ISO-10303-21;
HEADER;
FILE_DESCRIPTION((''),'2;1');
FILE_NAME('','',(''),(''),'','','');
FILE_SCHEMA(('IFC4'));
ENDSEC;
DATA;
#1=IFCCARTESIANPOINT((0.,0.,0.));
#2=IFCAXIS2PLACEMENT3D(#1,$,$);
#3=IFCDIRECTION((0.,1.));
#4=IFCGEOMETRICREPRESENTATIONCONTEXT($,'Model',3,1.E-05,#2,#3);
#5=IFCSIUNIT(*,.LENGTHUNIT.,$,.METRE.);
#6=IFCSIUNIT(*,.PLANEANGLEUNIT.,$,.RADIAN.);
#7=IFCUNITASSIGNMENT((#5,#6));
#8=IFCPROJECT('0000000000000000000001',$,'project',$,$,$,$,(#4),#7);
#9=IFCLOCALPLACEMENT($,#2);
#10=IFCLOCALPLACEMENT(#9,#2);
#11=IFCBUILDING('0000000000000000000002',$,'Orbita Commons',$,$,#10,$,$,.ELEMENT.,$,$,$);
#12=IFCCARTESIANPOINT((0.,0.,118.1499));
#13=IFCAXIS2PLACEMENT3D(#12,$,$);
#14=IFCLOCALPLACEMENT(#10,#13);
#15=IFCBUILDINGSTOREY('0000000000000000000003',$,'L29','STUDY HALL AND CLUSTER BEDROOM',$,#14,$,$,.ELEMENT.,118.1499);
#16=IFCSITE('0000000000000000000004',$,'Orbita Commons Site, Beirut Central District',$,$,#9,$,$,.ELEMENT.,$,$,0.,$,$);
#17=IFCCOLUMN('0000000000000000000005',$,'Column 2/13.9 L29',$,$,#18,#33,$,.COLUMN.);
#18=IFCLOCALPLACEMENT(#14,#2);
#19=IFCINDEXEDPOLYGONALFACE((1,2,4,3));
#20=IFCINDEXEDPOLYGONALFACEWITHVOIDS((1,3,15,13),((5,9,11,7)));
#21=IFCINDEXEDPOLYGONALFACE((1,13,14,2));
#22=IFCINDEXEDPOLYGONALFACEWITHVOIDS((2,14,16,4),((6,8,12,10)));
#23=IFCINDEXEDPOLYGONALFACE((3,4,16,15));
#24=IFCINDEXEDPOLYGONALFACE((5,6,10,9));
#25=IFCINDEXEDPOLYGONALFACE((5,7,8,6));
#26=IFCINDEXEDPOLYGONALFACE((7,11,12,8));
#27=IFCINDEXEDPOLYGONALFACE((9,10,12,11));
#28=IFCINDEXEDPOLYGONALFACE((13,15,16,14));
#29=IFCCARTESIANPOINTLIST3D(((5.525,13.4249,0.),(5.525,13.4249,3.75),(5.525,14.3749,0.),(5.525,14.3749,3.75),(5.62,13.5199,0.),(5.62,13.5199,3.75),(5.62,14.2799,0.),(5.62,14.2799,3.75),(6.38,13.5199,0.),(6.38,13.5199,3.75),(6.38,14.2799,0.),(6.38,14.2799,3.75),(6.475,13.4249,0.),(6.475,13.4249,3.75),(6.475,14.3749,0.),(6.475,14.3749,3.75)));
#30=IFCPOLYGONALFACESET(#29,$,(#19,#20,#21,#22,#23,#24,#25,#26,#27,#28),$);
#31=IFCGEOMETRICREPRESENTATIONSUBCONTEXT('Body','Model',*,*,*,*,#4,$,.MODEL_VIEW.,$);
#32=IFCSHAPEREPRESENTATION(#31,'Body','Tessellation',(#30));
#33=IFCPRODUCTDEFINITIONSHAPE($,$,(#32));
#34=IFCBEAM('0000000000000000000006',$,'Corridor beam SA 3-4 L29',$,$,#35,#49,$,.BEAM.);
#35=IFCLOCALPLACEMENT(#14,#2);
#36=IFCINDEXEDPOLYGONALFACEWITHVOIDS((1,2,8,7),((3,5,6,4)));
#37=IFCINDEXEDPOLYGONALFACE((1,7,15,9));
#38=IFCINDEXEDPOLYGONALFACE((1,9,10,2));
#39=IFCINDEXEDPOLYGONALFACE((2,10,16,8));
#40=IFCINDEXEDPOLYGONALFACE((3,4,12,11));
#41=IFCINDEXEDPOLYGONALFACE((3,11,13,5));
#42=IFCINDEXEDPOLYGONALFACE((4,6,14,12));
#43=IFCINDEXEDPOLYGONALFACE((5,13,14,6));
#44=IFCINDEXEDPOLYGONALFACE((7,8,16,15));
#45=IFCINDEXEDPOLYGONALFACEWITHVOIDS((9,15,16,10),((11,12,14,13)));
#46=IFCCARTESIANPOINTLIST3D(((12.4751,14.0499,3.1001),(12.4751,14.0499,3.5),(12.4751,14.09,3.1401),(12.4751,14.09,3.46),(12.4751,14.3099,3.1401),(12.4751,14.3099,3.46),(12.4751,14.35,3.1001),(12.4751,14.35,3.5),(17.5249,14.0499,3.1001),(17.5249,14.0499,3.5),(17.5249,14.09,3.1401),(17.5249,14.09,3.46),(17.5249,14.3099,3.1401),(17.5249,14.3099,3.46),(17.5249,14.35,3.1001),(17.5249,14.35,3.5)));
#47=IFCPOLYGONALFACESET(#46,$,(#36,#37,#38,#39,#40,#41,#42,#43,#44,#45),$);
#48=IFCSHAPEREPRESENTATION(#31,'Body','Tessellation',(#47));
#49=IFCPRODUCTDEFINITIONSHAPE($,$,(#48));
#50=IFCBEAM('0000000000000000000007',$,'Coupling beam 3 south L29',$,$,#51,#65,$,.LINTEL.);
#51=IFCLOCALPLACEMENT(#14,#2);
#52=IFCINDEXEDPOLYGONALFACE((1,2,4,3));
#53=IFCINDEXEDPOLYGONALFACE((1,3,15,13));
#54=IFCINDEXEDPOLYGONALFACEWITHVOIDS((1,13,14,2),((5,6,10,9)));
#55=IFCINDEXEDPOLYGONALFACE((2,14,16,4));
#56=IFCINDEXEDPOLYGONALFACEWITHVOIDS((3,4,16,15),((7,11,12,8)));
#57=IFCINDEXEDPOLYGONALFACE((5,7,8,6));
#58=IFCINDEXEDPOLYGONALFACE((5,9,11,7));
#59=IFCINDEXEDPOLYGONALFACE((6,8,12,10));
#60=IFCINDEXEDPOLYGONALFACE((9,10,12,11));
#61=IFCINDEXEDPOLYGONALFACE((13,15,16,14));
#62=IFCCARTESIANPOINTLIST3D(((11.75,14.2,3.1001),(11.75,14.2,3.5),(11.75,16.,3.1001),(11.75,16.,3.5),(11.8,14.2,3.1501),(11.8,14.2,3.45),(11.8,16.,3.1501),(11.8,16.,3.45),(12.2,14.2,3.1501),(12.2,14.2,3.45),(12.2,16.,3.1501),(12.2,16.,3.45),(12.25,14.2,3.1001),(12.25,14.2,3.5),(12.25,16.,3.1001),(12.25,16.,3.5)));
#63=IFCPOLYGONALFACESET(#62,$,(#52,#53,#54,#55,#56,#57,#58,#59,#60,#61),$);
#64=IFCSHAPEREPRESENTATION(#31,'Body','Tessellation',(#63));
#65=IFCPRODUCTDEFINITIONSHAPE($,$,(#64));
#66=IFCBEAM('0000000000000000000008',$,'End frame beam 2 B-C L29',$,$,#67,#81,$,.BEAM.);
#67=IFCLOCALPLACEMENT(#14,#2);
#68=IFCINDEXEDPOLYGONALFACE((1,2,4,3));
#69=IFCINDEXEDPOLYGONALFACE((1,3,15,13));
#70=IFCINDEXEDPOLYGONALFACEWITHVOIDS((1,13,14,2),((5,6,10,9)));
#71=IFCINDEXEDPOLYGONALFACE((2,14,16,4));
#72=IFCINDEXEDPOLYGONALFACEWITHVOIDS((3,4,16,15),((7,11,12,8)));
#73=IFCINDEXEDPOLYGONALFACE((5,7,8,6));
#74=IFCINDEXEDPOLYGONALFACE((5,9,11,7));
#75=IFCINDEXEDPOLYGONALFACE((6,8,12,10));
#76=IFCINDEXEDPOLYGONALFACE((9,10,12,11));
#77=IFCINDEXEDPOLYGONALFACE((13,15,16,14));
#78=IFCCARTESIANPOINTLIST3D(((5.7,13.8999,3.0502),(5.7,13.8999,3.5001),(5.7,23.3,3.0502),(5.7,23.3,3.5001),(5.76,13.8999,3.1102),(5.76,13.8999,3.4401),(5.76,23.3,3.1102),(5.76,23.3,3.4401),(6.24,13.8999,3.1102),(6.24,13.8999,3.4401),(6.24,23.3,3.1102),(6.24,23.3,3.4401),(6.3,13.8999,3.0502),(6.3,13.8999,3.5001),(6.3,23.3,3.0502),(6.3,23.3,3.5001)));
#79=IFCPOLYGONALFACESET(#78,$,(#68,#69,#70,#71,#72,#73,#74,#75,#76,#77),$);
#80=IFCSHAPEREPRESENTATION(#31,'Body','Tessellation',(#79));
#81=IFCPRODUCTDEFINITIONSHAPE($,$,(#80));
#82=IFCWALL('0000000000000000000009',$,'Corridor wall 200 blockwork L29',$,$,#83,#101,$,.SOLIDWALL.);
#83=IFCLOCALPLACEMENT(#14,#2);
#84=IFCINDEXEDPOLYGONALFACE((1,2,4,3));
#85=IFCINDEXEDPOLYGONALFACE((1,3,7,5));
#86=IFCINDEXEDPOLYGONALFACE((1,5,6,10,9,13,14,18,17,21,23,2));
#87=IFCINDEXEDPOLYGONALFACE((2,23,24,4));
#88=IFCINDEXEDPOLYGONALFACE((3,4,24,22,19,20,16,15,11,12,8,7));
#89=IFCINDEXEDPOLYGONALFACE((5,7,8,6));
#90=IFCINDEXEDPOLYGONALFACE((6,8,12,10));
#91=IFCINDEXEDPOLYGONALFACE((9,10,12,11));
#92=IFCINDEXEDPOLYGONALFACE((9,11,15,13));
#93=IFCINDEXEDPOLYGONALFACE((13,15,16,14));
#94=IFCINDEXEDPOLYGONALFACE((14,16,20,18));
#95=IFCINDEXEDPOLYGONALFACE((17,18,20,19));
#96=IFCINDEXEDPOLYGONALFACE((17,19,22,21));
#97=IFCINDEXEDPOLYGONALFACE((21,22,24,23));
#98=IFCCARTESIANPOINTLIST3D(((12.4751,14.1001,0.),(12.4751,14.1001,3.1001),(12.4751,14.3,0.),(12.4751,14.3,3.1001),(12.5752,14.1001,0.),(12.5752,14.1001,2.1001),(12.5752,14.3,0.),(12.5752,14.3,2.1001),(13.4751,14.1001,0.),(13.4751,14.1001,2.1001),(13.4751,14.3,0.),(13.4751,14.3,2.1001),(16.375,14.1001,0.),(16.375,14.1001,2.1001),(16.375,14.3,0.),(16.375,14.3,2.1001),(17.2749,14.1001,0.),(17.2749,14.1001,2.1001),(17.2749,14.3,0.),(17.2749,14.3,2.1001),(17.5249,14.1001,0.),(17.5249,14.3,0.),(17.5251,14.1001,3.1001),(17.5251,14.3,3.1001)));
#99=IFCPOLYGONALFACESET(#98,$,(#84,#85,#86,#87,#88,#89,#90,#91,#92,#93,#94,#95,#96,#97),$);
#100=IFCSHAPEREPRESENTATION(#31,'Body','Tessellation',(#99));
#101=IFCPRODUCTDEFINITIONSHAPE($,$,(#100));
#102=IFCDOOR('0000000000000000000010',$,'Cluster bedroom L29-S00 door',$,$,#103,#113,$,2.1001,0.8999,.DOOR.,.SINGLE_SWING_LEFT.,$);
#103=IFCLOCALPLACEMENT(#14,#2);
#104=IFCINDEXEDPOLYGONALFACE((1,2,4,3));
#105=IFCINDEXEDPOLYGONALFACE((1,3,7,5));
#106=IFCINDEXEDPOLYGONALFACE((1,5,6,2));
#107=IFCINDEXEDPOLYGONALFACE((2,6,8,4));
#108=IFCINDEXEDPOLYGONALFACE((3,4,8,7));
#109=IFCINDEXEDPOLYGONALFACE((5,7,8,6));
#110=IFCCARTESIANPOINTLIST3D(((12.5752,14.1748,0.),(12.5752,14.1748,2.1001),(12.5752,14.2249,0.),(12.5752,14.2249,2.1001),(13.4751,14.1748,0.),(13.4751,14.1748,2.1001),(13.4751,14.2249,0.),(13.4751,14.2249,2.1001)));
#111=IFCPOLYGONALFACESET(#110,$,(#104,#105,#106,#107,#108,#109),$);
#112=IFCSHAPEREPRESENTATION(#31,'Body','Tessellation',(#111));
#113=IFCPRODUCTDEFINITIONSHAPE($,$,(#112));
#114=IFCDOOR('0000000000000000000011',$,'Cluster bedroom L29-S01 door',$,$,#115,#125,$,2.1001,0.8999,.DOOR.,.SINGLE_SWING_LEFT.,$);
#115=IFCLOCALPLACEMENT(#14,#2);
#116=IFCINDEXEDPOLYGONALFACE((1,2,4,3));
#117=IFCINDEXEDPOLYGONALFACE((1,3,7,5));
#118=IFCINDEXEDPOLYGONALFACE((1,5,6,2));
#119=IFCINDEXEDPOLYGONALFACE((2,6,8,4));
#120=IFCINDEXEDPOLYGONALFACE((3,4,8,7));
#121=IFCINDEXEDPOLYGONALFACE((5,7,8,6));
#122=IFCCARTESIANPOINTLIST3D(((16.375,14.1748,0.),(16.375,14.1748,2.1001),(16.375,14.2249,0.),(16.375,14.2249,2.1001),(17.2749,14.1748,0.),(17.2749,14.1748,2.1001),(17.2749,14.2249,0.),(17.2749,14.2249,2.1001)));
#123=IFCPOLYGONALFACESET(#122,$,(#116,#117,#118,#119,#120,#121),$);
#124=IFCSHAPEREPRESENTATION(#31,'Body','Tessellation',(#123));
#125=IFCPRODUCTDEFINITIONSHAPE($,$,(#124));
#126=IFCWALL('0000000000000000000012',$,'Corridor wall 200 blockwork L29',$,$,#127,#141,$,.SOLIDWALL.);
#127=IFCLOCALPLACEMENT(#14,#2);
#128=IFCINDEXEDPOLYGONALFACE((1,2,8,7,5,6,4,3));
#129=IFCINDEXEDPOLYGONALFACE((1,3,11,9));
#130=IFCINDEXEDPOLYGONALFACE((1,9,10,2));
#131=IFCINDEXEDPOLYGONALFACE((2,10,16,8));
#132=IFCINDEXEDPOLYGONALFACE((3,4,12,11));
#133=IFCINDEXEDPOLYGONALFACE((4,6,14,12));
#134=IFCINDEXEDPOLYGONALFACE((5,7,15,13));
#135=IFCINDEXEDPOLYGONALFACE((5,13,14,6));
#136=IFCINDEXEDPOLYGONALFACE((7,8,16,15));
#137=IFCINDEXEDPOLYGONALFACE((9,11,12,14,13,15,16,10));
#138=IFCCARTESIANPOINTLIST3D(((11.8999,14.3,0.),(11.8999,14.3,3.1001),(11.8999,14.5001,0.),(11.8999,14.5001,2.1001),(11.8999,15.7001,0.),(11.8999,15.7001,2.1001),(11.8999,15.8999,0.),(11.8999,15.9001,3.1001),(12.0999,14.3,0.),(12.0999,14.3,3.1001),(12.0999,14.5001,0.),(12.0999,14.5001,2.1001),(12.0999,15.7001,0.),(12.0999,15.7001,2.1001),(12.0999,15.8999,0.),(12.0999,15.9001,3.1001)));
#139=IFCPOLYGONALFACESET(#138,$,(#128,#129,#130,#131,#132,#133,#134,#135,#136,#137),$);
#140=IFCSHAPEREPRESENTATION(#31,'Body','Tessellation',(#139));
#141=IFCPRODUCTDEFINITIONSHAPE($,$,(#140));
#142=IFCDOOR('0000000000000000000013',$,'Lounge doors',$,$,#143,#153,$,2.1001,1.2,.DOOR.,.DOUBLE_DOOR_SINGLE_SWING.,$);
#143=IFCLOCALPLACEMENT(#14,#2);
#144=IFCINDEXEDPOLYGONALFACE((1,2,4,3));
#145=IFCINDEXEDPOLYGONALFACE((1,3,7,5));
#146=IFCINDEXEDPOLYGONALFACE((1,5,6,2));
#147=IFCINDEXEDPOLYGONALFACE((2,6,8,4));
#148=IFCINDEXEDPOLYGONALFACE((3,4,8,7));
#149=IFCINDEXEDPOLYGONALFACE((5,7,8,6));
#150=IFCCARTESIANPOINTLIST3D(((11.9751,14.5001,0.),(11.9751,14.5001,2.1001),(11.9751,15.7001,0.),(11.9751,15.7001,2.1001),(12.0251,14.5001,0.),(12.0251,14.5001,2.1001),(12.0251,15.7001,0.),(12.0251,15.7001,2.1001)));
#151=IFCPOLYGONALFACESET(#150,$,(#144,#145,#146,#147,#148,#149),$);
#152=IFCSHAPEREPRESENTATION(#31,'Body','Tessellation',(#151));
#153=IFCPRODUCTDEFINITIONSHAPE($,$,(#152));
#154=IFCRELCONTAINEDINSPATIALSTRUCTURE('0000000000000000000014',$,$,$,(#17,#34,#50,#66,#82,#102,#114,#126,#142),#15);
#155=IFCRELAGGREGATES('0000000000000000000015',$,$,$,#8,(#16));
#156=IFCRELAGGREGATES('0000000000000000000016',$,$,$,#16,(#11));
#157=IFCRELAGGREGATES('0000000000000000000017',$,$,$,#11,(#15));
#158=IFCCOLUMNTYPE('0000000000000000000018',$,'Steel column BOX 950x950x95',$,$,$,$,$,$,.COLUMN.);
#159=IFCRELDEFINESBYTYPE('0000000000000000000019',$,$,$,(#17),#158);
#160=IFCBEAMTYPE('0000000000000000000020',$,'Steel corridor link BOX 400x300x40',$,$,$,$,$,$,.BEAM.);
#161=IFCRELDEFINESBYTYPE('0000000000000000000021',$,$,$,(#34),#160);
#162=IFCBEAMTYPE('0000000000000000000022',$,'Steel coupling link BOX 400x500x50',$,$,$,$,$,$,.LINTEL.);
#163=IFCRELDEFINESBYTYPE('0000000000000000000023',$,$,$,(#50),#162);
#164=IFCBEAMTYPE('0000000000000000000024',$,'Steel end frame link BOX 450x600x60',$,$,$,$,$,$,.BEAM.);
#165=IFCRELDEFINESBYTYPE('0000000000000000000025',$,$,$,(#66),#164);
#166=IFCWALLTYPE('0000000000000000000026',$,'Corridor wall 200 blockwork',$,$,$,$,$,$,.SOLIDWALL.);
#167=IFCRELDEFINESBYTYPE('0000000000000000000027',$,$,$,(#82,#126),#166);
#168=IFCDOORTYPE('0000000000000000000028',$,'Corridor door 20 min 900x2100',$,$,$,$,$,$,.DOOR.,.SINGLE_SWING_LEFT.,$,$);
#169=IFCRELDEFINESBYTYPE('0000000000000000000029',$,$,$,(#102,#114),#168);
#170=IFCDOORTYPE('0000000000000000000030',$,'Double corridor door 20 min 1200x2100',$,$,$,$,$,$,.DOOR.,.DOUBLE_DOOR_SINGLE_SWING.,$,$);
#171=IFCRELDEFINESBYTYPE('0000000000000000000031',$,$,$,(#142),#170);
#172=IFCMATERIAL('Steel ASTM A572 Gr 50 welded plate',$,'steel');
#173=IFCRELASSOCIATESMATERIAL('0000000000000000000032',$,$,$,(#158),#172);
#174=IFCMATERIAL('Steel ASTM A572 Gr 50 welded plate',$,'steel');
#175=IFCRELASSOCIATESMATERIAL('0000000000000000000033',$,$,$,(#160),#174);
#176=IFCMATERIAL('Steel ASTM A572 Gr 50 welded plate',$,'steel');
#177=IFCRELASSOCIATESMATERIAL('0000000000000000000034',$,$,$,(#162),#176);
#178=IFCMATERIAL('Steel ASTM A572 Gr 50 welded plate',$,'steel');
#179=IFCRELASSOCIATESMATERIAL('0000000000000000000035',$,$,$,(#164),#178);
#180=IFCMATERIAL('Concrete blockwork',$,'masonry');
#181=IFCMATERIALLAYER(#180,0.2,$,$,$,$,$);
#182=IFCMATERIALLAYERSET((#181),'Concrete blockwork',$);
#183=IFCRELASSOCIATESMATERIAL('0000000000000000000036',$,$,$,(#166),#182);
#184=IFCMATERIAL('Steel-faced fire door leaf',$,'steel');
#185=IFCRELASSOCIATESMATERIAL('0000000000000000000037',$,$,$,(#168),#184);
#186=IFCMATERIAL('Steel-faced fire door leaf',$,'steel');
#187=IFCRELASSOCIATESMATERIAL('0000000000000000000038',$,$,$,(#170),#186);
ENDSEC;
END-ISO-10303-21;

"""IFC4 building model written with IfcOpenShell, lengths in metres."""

from ifc_helpers import new_model, si_unit, direction, frame, frame_2d, origin, origin_2d, place, context, subcontext, project, spatial, polyline, rectangle, hollow_rectangle, outline, extrude, material, layer, layer_set, material_profile, profile_set, type_object, element, fill, save


model = new_model("IFC4")

# Units and contexts
model_context = context("Model", 3, precision=1e-05, world=origin(), true_north=direction((0.0, 1.0)))
body_context = subcontext(model_context, "Body", "Model", "MODEL_VIEW")
ifc_project = project(units=[si_unit("LENGTHUNIT", "METRE"), si_unit("PLANEANGLEUNIT", "RADIAN")], contexts=[model_context])

# Site, building, storey
site_placement = place(None, origin())
site = spatial("IfcSite", under=ifc_project, at=site_placement, Name="Orbita Commons Site, Beirut Central District", CompositionType="ELEMENT", RefElevation=0.0)
building_placement = place(site_placement, origin())
building = spatial("IfcBuilding", under=site, at=building_placement, Name="Orbita Commons", CompositionType="ELEMENT")
storey_placement = place(building_placement, frame((0.0, 0.0, 118.1499)))
storey = spatial("IfcBuildingStorey", under=building, at=storey_placement, Name="L29", Description="STUDY HALL AND CLUSTER BEDROOM", CompositionType="ELEMENT", Elevation=118.1499)

# Column
ifc_material_1 = material(Name="Steel ASTM A572 Gr 50 welded plate", Category="steel")
ifc_material_profile_1 = material_profile(ifc_material_1, hollow_rectangle(XDim=0.95, YDim=0.95, WallThickness=0.095, at=origin_2d()), Name="BOX 950x950x95")
ifc_profile_set_1 = profile_set([ifc_material_profile_1], Name="Steel ASTM A572 Gr 50 welded plate")
column_type = type_object("IfcColumnType", Name="Steel column BOX 950x950x95", PredefinedType="COLUMN", material=ifc_profile_set_1)
column_placement = place(storey_placement, frame((6.0, 13.8999, 0.0), z_axis=(0.0, 0.0, 1.0), x_axis=(1.0, 0.0, 0.0)))
element("IfcColumn", 1, at=column_placement, inside=storey, type_object=column_type, Name="Column 2/13.9 L29", PredefinedType="COLUMN", context=body_context, shape_type="SweptSolid", body=[
    extrude(hollow_rectangle(XDim=0.95, YDim=0.95, WallThickness=0.095, at=origin_2d()), origin(), (0.0, 0.0, 1.0), 3.75),
])

# Beams
ifc_material_2 = material(Name="Steel ASTM A572 Gr 50 welded plate", Category="steel")
ifc_material_profile_2 = material_profile(ifc_material_2, hollow_rectangle(XDim=0.3, YDim=0.3999, WallThickness=0.04, at=origin_2d()), Name="BOX 400x300x40")
ifc_profile_set_2 = profile_set([ifc_material_profile_2], Name="Steel ASTM A572 Gr 50 welded plate")
beam_type_1 = type_object("IfcBeamType", Name="Steel corridor link BOX 400x300x40", PredefinedType="BEAM", material=ifc_profile_set_2)
beam_1_placement = place(storey_placement, frame((12.4751, 14.2, 3.3), z_axis=(1.0, 0.0, 0.0), x_axis=(0.0, 1.0, 0.0)))
element("IfcBeam", 2, at=beam_1_placement, inside=storey, type_object=beam_type_1, Name="Corridor beam SA 3-4 L29", PredefinedType="BEAM", context=body_context, shape_type="SweptSolid", body=[
    extrude(hollow_rectangle(XDim=0.3, YDim=0.3999, WallThickness=0.04, at=origin_2d()), origin(), (0.0, 0.0, 1.0), 5.0498),
])
ifc_material_3 = material(Name="Steel ASTM A572 Gr 50 welded plate", Category="steel")
ifc_material_profile_3 = material_profile(ifc_material_3, hollow_rectangle(XDim=0.5, YDim=0.3999, WallThickness=0.05, at=origin_2d()), Name="BOX 400x500x50")
ifc_profile_set_3 = profile_set([ifc_material_profile_3], Name="Steel ASTM A572 Gr 50 welded plate")
beam_type_2 = type_object("IfcBeamType", Name="Steel coupling link BOX 400x500x50", PredefinedType="LINTEL", material=ifc_profile_set_3)
beam_2_placement = place(storey_placement, frame((12.0, 14.2, 3.3), z_axis=(0.0, 1.0, 0.0), x_axis=(-1.0, 0.0, 0.0)))
element("IfcBeam", 3, at=beam_2_placement, inside=storey, type_object=beam_type_2, Name="Coupling beam 3 south L29", PredefinedType="LINTEL", context=body_context, shape_type="SweptSolid", body=[
    extrude(hollow_rectangle(XDim=0.5, YDim=0.3999, WallThickness=0.05, at=origin_2d()), origin(), (0.0, 0.0, 1.0), 1.8),
])
ifc_material_4 = material(Name="Steel ASTM A572 Gr 50 welded plate", Category="steel")
ifc_material_profile_4 = material_profile(ifc_material_4, hollow_rectangle(XDim=0.6001, YDim=0.45, WallThickness=0.0601, at=origin_2d()), Name="BOX 450x600x60")
ifc_profile_set_4 = profile_set([ifc_material_profile_4], Name="Steel ASTM A572 Gr 50 welded plate")
beam_type_3 = type_object("IfcBeamType", Name="Steel end frame link BOX 450x600x60", PredefinedType="BEAM", material=ifc_profile_set_4)
beam_3_placement = place(storey_placement, frame((6.0, 13.8999, 3.2751), z_axis=(0.0, 1.0, 0.0), x_axis=(-1.0, 0.0, 0.0)))
element("IfcBeam", 4, at=beam_3_placement, inside=storey, type_object=beam_type_3, Name="End frame beam 2 B-C L29", PredefinedType="BEAM", context=body_context, shape_type="SweptSolid", body=[
    extrude(hollow_rectangle(XDim=0.6001, YDim=0.45, WallThickness=0.0601, at=origin_2d()), origin(), (0.0, 0.0, 1.0), 9.4001),
])

# Wall, openings, doors
ifc_material_5 = material(Name="Concrete blockwork", Category="masonry")
ifc_layer_1 = layer(ifc_material_5, 0.2)
ifc_layer_set_1 = layer_set([ifc_layer_1], Name="Concrete blockwork")
wall_type_1 = type_object("IfcWallType", Name="Corridor wall 200 blockwork", PredefinedType="SOLIDWALL", material=ifc_layer_set_1)
wall_1_placement = place(storey_placement, frame((12.4751, 14.2, 0.0), z_axis=(0.0, 0.0, 1.0), x_axis=(1.0, 0.0, 0.0)))
wall_1 = element("IfcWall", 5, at=wall_1_placement, inside=storey, type_object=wall_type_1, Name="Corridor wall 200 blockwork L29", PredefinedType="SOLIDWALL", context=body_context, shape_type="SweptSolid", body=[
    extrude(outline(polyline([(0.0, 0.0), (5.0498, 0.0), (5.05, 3.1001), (0.0, 3.1001), (0.0, 0.0)])), frame((0.0, 0.1001, 0.0), z_axis=(0.0, -1.0, 0.0), x_axis=(1.0, 0.0, 0.0)), (0.0, 0.0, 1.0), 0.2),
])
opening_1_placement = place(wall_1_placement, frame((0.1001, 0.0, 0.0)))
opening_1 = element("IfcOpeningElement", 6, at=opening_1_placement, cuts=wall_1, PredefinedType="OPENING", context=body_context, shape_type="SweptSolid", body=[
    extrude(rectangle(XDim=0.8999, YDim=2.1001, at=frame_2d((0.45, 1.05))), frame((0.0, 0.1099, 0.0), z_axis=(0.0, -1.0, 0.0), x_axis=(1.0, 0.0, 0.0)), (0.0, 0.0, 1.0), 0.22),
])
opening_2_placement = place(wall_1_placement, frame((3.8999, 0.0, 0.0)))
opening_2 = element("IfcOpeningElement", 7, at=opening_2_placement, cuts=wall_1, PredefinedType="OPENING", context=body_context, shape_type="SweptSolid", body=[
    extrude(rectangle(XDim=0.8999, YDim=2.1001, at=frame_2d((0.45, 1.05))), frame((0.0, 0.1099, 0.0), z_axis=(0.0, -1.0, 0.0), x_axis=(1.0, 0.0, 0.0)), (0.0, 0.0, 1.0), 0.22),
])
ifc_material_6 = material(Name="Steel-faced fire door leaf", Category="steel")
door_type_1 = type_object("IfcDoorType", Name="Corridor door 20 min 900x2100", OperationType="SINGLE_SWING_LEFT", PredefinedType="DOOR", material=ifc_material_6)
door_1_placement = place(opening_1_placement, origin())
door_1 = element("IfcDoor", 8, at=door_1_placement, inside=storey, type_object=door_type_1, Name="Cluster bedroom L29-S00 door", OperationType="SINGLE_SWING_LEFT", OverallHeight=2.1001, OverallWidth=0.8999, PredefinedType="DOOR", context=body_context, shape_type="SweptSolid", body=[
    extrude(rectangle(XDim=0.8999, YDim=2.1001, at=frame_2d((0.45, 1.05))), frame((0.0, 0.0249, 0.0), z_axis=(0.0, -1.0, 0.0), x_axis=(1.0, 0.0, 0.0)), (0.0, 0.0, 1.0), 0.05),
])
fill(opening_1, door_1)
door_2_placement = place(opening_2_placement, origin())
door_2 = element("IfcDoor", 9, at=door_2_placement, inside=storey, type_object=door_type_1, Name="Cluster bedroom L29-S01 door", OperationType="SINGLE_SWING_LEFT", OverallHeight=2.1001, OverallWidth=0.8999, PredefinedType="DOOR", context=body_context, shape_type="SweptSolid", body=[
    extrude(rectangle(XDim=0.8999, YDim=2.1001, at=frame_2d((0.45, 1.05))), frame((0.0, 0.0249, 0.0), z_axis=(0.0, -1.0, 0.0), x_axis=(1.0, 0.0, 0.0)), (0.0, 0.0, 1.0), 0.05),
])
fill(opening_2, door_2)

# Wall, opening, door
wall_2_placement = place(storey_placement, frame((12.0, 14.3, 0.0), z_axis=(0.0, 0.0, 1.0), x_axis=(0.0, 1.0, 0.0)))
wall_2 = element("IfcWall", 10, at=wall_2_placement, inside=storey, type_object=wall_type_1, Name="Corridor wall 200 blockwork L29", PredefinedType="SOLIDWALL", context=body_context, shape_type="SweptSolid", body=[
    extrude(outline(polyline([(0.0, 0.0), (1.5999, 0.0), (1.6001, 3.1001), (0.0, 3.1001), (0.0, 0.0)])), frame((0.0, 0.1001, 0.0), z_axis=(0.0, -1.0, 0.0), x_axis=(1.0, 0.0, 0.0)), (0.0, 0.0, 1.0), 0.2),
])
opening_3_placement = place(wall_2_placement, frame((0.2, 0.0, 0.0)))
opening_3 = element("IfcOpeningElement", 11, at=opening_3_placement, cuts=wall_2, PredefinedType="OPENING", context=body_context, shape_type="SweptSolid", body=[
    extrude(rectangle(XDim=1.2, YDim=2.1001, at=frame_2d((0.6001, 1.05))), frame((0.0, 0.1099, 0.0), z_axis=(0.0, -1.0, 0.0), x_axis=(1.0, 0.0, 0.0)), (0.0, 0.0, 1.0), 0.22),
])
ifc_material_7 = material(Name="Steel-faced fire door leaf", Category="steel")
door_type_2 = type_object("IfcDoorType", Name="Double corridor door 20 min 1200x2100", OperationType="DOUBLE_DOOR_SINGLE_SWING", PredefinedType="DOOR", material=ifc_material_7)
door_3_placement = place(opening_3_placement, origin())
door_3 = element("IfcDoor", 12, at=door_3_placement, inside=storey, type_object=door_type_2, Name="Lounge doors", OperationType="DOUBLE_DOOR_SINGLE_SWING", OverallHeight=2.1001, OverallWidth=1.2, PredefinedType="DOOR", context=body_context, shape_type="SweptSolid", body=[
    extrude(rectangle(XDim=1.2, YDim=2.1001, at=frame_2d((0.6001, 1.05))), frame((0.0, 0.0249, 0.0), z_axis=(0.0, -1.0, 0.0), x_axis=(1.0, 0.0, 0.0)), (0.0, 0.0, 1.0), 0.05),
])
fill(opening_3, door_3)

save(model, "model.ifc")
